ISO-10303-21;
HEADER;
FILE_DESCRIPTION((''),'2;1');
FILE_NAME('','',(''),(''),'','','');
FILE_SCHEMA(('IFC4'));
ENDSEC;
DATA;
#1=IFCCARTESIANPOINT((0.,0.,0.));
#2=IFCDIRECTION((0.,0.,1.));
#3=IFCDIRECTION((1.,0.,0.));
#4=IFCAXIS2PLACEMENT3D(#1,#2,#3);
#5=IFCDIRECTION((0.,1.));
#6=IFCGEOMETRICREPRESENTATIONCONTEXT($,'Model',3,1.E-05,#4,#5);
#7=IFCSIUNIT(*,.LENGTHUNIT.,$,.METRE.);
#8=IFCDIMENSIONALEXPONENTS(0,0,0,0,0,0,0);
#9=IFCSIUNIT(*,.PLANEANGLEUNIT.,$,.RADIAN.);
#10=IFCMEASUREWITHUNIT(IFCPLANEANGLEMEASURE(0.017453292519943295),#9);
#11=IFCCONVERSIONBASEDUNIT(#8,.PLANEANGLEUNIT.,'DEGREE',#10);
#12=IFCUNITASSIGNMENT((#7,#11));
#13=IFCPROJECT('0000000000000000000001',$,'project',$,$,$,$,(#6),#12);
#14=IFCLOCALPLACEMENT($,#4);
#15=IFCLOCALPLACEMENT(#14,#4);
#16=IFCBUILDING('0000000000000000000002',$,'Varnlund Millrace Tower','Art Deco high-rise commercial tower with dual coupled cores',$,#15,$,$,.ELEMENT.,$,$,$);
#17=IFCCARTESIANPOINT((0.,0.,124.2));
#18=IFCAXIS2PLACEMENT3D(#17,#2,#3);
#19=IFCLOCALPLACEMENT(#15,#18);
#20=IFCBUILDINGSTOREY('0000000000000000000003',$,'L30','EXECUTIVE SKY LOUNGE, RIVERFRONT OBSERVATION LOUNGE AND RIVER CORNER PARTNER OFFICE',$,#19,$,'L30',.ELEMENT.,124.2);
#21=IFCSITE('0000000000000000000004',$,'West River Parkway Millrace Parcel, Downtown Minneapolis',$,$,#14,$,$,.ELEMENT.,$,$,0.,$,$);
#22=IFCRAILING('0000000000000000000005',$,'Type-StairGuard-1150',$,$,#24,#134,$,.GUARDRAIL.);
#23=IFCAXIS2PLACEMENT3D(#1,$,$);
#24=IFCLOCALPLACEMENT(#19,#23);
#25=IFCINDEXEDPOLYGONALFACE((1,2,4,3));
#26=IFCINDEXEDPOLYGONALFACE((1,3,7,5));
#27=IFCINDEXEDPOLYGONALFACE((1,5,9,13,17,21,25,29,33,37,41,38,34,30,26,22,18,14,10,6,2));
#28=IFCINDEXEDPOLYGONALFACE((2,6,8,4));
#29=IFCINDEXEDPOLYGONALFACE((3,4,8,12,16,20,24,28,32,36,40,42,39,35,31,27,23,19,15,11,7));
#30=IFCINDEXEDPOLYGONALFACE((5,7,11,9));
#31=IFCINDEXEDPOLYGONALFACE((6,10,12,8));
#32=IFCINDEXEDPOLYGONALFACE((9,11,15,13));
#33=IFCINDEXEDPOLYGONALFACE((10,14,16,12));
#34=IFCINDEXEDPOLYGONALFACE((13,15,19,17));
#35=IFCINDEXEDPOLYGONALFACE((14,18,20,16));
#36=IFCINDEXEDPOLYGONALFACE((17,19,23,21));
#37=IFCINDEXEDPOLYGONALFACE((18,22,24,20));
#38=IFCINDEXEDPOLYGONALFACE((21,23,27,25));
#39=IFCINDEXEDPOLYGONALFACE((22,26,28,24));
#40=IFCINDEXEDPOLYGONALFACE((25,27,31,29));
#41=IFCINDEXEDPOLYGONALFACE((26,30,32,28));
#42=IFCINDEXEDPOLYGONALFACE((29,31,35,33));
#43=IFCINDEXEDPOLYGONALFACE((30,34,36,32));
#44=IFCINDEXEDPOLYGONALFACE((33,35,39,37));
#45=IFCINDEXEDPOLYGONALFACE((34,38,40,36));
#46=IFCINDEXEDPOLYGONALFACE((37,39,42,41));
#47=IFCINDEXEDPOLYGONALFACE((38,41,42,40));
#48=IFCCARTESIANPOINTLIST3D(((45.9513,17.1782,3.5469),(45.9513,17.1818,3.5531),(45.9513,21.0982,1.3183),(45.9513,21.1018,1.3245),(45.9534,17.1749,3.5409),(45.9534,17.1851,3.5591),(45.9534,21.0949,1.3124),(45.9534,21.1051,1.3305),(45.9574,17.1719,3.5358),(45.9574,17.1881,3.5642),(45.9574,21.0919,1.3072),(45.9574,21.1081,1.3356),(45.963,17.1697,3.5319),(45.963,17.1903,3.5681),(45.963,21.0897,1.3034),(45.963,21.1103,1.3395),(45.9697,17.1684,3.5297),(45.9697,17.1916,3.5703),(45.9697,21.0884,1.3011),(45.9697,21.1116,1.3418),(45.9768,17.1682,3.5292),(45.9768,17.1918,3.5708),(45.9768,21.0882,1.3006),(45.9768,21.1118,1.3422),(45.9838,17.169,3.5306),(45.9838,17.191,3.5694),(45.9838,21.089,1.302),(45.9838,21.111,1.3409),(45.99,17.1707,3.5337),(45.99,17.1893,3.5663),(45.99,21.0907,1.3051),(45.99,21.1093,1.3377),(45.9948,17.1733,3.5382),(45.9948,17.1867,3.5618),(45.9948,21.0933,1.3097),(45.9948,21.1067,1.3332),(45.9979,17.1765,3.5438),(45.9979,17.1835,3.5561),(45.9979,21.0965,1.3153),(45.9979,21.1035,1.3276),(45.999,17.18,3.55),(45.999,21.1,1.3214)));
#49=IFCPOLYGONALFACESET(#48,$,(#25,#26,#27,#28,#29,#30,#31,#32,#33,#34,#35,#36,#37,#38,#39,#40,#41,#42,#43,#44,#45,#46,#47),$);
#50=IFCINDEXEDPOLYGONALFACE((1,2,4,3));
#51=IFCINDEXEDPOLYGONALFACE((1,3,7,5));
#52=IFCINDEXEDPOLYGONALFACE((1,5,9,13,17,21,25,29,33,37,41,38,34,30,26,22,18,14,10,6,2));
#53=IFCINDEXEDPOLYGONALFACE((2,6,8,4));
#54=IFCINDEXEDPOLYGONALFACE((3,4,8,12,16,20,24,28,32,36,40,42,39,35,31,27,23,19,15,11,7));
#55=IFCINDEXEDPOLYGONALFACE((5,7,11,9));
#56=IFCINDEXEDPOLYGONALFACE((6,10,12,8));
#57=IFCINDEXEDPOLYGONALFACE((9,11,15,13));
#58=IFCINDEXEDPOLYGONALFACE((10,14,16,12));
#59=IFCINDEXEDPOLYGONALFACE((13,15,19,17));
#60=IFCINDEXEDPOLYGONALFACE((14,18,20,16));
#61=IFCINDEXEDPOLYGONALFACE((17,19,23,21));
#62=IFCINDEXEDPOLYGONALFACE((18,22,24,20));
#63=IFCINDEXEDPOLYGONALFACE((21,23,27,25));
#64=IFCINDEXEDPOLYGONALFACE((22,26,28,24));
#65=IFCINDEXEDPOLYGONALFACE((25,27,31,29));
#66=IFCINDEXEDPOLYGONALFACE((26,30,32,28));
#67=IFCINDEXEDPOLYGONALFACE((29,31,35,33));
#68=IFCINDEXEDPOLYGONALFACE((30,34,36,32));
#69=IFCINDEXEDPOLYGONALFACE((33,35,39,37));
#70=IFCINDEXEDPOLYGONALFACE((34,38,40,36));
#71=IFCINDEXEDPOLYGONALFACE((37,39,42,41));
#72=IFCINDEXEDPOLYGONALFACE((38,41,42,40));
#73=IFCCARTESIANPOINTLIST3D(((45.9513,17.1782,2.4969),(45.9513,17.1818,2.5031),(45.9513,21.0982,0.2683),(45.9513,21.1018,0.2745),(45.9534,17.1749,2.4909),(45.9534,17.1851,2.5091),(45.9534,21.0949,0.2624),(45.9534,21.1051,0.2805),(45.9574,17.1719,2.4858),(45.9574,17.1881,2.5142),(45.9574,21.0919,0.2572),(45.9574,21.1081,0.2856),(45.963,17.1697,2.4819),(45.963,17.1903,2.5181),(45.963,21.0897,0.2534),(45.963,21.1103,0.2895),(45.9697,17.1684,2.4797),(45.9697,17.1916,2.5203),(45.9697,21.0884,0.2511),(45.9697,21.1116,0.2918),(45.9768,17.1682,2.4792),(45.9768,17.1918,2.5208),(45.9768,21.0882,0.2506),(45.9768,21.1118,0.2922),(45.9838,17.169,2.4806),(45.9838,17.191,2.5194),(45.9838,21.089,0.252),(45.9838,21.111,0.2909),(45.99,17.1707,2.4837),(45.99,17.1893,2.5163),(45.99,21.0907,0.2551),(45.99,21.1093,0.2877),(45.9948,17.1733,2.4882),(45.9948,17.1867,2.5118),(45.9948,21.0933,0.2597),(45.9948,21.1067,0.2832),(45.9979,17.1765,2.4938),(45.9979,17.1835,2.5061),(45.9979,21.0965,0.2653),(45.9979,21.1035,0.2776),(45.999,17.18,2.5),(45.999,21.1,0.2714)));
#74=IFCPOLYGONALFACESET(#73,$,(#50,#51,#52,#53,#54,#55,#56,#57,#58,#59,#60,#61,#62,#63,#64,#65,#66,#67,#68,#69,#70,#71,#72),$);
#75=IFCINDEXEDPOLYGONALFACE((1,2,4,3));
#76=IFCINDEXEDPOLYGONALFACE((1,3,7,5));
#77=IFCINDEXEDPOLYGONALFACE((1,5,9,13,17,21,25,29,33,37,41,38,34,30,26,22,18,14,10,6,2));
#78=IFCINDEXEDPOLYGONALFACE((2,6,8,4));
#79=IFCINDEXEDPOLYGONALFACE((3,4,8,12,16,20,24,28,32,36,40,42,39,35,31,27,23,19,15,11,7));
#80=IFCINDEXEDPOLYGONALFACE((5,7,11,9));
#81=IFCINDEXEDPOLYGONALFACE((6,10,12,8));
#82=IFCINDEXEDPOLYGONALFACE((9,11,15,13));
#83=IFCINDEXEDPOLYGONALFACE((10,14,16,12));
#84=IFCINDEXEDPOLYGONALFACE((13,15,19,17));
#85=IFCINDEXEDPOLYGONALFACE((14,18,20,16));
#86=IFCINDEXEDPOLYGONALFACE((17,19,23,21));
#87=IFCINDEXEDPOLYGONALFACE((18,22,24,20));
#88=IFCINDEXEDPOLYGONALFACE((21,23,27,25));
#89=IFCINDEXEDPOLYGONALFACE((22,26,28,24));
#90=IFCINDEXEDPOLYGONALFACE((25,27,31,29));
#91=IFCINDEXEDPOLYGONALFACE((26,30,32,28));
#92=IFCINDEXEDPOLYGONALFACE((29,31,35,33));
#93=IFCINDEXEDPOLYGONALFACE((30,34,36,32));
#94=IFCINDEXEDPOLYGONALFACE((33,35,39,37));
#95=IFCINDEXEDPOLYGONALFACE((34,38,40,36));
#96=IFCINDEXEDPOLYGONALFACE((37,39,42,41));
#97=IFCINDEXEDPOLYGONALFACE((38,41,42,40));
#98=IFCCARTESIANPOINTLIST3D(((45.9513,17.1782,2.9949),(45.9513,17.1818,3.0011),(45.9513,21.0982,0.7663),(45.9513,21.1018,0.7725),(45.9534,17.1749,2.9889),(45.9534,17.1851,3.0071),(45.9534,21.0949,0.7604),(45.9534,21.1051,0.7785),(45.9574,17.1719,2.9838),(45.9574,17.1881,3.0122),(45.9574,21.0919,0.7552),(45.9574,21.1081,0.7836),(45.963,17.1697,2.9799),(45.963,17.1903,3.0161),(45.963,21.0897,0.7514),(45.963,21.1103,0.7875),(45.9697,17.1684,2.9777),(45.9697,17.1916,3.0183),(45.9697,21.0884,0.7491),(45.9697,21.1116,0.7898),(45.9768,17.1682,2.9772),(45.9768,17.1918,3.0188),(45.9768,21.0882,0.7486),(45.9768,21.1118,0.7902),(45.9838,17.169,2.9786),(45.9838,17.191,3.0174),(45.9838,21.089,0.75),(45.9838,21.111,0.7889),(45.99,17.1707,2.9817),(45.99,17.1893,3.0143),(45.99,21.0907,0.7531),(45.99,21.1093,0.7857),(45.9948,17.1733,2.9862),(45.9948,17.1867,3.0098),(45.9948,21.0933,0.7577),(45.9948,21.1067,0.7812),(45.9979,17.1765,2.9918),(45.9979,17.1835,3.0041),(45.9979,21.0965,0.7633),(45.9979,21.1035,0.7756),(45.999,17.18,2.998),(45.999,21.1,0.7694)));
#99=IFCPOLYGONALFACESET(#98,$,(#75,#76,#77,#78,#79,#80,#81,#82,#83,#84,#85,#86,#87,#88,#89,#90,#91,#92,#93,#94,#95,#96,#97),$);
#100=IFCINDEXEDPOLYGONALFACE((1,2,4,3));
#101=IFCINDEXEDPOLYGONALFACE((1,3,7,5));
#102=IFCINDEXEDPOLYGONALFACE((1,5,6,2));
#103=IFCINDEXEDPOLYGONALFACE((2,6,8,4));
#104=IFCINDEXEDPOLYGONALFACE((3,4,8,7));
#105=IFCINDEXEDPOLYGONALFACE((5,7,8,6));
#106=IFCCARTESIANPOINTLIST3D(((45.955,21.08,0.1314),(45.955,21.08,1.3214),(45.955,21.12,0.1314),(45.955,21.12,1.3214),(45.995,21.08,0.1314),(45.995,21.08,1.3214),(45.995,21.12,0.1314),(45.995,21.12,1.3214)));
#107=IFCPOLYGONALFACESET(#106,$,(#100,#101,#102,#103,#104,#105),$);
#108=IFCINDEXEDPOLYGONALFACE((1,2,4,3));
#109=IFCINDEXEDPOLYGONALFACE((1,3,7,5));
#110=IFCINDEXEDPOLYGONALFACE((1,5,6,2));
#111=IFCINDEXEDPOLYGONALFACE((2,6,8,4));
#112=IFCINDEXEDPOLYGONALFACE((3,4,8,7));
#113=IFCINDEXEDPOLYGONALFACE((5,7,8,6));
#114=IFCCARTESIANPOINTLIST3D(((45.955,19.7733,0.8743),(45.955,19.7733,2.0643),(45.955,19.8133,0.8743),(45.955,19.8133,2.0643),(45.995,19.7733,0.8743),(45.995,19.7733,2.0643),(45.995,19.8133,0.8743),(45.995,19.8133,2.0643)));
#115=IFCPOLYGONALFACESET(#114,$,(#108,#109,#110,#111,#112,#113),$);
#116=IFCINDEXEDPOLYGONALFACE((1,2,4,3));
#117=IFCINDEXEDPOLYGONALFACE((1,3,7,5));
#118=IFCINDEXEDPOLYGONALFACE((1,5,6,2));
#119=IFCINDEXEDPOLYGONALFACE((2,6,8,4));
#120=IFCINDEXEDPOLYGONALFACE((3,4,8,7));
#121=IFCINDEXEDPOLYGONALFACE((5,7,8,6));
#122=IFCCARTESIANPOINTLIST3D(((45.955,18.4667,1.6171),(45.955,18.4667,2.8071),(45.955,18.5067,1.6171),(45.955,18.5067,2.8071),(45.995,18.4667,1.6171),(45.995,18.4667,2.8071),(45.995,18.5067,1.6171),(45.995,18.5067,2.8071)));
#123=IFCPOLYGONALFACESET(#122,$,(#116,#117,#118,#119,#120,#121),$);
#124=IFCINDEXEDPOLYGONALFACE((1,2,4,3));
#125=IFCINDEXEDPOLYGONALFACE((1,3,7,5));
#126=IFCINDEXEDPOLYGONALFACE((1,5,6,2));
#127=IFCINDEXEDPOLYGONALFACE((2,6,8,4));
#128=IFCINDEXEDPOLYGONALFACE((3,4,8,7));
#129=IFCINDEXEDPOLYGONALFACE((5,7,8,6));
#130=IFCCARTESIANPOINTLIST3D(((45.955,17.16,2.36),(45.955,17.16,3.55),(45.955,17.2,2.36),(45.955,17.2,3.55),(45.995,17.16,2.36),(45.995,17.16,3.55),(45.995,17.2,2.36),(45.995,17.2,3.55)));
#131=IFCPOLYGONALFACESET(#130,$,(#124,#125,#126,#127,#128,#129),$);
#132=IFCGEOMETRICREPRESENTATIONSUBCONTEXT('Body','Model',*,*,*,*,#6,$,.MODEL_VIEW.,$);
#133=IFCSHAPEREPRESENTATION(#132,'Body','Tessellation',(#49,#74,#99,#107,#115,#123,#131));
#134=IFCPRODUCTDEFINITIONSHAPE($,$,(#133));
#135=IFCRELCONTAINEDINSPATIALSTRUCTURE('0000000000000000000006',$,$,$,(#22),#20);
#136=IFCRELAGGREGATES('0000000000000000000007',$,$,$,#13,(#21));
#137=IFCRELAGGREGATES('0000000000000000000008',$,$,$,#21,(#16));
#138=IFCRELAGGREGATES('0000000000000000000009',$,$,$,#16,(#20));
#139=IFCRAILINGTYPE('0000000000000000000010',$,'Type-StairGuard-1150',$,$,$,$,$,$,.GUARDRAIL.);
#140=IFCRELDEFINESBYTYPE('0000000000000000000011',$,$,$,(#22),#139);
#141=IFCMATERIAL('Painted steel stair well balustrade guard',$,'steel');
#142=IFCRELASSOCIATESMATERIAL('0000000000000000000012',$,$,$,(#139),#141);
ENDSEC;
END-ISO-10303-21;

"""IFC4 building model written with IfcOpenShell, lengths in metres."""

from ifc_helpers import new_model, entity, si_unit, converted_unit, direction, frame, origin_with_axes, origin_2d_with_axis, place, context, subcontext, project, spatial, rectangle, circle, extrude, material, type_object, element, save


model = new_model("IFC4")

# Units and contexts
model_context = context("Model", 3, precision=1e-05, world=origin_with_axes(), true_north=direction((0.0, 1.0)))
body_context = subcontext(model_context, "Body", "Model", "MODEL_VIEW")
ifc_project = project(units=[si_unit("LENGTHUNIT", "METRE"), converted_unit("PLANEANGLEUNIT", "DEGREE", entity("IfcPlaneAngleMeasure", 0.017453292519943295), si_unit("PLANEANGLEUNIT", "RADIAN"), dimensions=[0, 0, 0, 0, 0, 0, 0])], contexts=[model_context])

# Site, building, storey
site_placement = place(None, origin_with_axes())
site = spatial("IfcSite", under=ifc_project, at=site_placement, Name="West River Parkway Millrace Parcel, Downtown Minneapolis", CompositionType="ELEMENT", RefElevation=0.0)
building_placement = place(site_placement, origin_with_axes())
building = spatial("IfcBuilding", under=site, at=building_placement, Name="Varnlund Millrace Tower", Description="Art Deco high-rise commercial tower with dual coupled cores", CompositionType="ELEMENT")
storey_placement = place(building_placement, frame((0.0, 0.0, 124.2), z_axis=(0.0, 0.0, 1.0), x_axis=(1.0, 0.0, 0.0)))
storey = spatial("IfcBuildingStorey", under=building, at=storey_placement, Name="L30", Description="EXECUTIVE SKY LOUNGE, RIVERFRONT OBSERVATION LOUNGE AND RIVER CORNER PARTNER OFFICE", LongName="L30", CompositionType="ELEMENT", Elevation=124.2)

# Railing
ifc_material_1 = material(Name="Painted steel stair well balustrade guard", Category="steel")
railing_type_1 = type_object("IfcRailingType", Name="Type-StairGuard-1150", PredefinedType="GUARDRAIL", material=ifc_material_1)
railing_1_placement = place(storey_placement, frame((0.0, 0.0, -124.2), z_axis=(0.0, 0.0, 1.0), x_axis=(1.0, 0.0, 0.0)))
element("IfcRailing", 1, at=railing_1_placement, inside=storey, type_object=railing_type_1, Name="Type-StairGuard-1150", PredefinedType="GUARDRAIL", context=body_context, shape_type="SweptSolid", body=[
    extrude(circle(Radius=0.024, at=origin_2d_with_axis()), frame((45.975, 21.1, 125.5214), z_axis=(0.0, -0.869333, 0.494227), x_axis=(1.0, 0.0, 0.0)), (0.0, 0.0, 1.0), 4.5092),
    extrude(circle(Radius=0.024, at=origin_2d_with_axis()), frame((45.975, 21.1, 124.4714), z_axis=(0.0, -0.869333, 0.494227), x_axis=(1.0, 0.0, 0.0)), (0.0, 0.0, 1.0), 4.5092),
    extrude(circle(Radius=0.024, at=origin_2d_with_axis()), frame((45.975, 21.1, 124.9694), z_axis=(0.0, -0.869333, 0.494227), x_axis=(1.0, 0.0, 0.0)), (0.0, 0.0, 1.0), 4.5092),
    extrude(rectangle(XDim=0.04, YDim=0.04, at=origin_2d_with_axis()), frame((45.975, 21.1, 124.3314), z_axis=(0.0, 0.0, 1.0), x_axis=(1.0, 0.0, 0.0)), (0.0, 0.0, 1.0), 1.19),
    extrude(rectangle(XDim=0.04, YDim=0.04, at=origin_2d_with_axis()), frame((45.975, 19.7933, 125.0743), z_axis=(0.0, 0.0, 1.0), x_axis=(1.0, 0.0, 0.0)), (0.0, 0.0, 1.0), 1.19),
    extrude(rectangle(XDim=0.04, YDim=0.04, at=origin_2d_with_axis()), frame((45.975, 18.4867, 125.8171), z_axis=(0.0, 0.0, 1.0), x_axis=(1.0, 0.0, 0.0)), (0.0, 0.0, 1.0), 1.19),
    extrude(rectangle(XDim=0.04, YDim=0.04, at=origin_2d_with_axis()), frame((45.975, 17.18, 126.56), z_axis=(0.0, 0.0, 1.0), x_axis=(1.0, 0.0, 0.0)), (0.0, 0.0, 1.0), 1.19),
])

save(model, "model.ifc")
